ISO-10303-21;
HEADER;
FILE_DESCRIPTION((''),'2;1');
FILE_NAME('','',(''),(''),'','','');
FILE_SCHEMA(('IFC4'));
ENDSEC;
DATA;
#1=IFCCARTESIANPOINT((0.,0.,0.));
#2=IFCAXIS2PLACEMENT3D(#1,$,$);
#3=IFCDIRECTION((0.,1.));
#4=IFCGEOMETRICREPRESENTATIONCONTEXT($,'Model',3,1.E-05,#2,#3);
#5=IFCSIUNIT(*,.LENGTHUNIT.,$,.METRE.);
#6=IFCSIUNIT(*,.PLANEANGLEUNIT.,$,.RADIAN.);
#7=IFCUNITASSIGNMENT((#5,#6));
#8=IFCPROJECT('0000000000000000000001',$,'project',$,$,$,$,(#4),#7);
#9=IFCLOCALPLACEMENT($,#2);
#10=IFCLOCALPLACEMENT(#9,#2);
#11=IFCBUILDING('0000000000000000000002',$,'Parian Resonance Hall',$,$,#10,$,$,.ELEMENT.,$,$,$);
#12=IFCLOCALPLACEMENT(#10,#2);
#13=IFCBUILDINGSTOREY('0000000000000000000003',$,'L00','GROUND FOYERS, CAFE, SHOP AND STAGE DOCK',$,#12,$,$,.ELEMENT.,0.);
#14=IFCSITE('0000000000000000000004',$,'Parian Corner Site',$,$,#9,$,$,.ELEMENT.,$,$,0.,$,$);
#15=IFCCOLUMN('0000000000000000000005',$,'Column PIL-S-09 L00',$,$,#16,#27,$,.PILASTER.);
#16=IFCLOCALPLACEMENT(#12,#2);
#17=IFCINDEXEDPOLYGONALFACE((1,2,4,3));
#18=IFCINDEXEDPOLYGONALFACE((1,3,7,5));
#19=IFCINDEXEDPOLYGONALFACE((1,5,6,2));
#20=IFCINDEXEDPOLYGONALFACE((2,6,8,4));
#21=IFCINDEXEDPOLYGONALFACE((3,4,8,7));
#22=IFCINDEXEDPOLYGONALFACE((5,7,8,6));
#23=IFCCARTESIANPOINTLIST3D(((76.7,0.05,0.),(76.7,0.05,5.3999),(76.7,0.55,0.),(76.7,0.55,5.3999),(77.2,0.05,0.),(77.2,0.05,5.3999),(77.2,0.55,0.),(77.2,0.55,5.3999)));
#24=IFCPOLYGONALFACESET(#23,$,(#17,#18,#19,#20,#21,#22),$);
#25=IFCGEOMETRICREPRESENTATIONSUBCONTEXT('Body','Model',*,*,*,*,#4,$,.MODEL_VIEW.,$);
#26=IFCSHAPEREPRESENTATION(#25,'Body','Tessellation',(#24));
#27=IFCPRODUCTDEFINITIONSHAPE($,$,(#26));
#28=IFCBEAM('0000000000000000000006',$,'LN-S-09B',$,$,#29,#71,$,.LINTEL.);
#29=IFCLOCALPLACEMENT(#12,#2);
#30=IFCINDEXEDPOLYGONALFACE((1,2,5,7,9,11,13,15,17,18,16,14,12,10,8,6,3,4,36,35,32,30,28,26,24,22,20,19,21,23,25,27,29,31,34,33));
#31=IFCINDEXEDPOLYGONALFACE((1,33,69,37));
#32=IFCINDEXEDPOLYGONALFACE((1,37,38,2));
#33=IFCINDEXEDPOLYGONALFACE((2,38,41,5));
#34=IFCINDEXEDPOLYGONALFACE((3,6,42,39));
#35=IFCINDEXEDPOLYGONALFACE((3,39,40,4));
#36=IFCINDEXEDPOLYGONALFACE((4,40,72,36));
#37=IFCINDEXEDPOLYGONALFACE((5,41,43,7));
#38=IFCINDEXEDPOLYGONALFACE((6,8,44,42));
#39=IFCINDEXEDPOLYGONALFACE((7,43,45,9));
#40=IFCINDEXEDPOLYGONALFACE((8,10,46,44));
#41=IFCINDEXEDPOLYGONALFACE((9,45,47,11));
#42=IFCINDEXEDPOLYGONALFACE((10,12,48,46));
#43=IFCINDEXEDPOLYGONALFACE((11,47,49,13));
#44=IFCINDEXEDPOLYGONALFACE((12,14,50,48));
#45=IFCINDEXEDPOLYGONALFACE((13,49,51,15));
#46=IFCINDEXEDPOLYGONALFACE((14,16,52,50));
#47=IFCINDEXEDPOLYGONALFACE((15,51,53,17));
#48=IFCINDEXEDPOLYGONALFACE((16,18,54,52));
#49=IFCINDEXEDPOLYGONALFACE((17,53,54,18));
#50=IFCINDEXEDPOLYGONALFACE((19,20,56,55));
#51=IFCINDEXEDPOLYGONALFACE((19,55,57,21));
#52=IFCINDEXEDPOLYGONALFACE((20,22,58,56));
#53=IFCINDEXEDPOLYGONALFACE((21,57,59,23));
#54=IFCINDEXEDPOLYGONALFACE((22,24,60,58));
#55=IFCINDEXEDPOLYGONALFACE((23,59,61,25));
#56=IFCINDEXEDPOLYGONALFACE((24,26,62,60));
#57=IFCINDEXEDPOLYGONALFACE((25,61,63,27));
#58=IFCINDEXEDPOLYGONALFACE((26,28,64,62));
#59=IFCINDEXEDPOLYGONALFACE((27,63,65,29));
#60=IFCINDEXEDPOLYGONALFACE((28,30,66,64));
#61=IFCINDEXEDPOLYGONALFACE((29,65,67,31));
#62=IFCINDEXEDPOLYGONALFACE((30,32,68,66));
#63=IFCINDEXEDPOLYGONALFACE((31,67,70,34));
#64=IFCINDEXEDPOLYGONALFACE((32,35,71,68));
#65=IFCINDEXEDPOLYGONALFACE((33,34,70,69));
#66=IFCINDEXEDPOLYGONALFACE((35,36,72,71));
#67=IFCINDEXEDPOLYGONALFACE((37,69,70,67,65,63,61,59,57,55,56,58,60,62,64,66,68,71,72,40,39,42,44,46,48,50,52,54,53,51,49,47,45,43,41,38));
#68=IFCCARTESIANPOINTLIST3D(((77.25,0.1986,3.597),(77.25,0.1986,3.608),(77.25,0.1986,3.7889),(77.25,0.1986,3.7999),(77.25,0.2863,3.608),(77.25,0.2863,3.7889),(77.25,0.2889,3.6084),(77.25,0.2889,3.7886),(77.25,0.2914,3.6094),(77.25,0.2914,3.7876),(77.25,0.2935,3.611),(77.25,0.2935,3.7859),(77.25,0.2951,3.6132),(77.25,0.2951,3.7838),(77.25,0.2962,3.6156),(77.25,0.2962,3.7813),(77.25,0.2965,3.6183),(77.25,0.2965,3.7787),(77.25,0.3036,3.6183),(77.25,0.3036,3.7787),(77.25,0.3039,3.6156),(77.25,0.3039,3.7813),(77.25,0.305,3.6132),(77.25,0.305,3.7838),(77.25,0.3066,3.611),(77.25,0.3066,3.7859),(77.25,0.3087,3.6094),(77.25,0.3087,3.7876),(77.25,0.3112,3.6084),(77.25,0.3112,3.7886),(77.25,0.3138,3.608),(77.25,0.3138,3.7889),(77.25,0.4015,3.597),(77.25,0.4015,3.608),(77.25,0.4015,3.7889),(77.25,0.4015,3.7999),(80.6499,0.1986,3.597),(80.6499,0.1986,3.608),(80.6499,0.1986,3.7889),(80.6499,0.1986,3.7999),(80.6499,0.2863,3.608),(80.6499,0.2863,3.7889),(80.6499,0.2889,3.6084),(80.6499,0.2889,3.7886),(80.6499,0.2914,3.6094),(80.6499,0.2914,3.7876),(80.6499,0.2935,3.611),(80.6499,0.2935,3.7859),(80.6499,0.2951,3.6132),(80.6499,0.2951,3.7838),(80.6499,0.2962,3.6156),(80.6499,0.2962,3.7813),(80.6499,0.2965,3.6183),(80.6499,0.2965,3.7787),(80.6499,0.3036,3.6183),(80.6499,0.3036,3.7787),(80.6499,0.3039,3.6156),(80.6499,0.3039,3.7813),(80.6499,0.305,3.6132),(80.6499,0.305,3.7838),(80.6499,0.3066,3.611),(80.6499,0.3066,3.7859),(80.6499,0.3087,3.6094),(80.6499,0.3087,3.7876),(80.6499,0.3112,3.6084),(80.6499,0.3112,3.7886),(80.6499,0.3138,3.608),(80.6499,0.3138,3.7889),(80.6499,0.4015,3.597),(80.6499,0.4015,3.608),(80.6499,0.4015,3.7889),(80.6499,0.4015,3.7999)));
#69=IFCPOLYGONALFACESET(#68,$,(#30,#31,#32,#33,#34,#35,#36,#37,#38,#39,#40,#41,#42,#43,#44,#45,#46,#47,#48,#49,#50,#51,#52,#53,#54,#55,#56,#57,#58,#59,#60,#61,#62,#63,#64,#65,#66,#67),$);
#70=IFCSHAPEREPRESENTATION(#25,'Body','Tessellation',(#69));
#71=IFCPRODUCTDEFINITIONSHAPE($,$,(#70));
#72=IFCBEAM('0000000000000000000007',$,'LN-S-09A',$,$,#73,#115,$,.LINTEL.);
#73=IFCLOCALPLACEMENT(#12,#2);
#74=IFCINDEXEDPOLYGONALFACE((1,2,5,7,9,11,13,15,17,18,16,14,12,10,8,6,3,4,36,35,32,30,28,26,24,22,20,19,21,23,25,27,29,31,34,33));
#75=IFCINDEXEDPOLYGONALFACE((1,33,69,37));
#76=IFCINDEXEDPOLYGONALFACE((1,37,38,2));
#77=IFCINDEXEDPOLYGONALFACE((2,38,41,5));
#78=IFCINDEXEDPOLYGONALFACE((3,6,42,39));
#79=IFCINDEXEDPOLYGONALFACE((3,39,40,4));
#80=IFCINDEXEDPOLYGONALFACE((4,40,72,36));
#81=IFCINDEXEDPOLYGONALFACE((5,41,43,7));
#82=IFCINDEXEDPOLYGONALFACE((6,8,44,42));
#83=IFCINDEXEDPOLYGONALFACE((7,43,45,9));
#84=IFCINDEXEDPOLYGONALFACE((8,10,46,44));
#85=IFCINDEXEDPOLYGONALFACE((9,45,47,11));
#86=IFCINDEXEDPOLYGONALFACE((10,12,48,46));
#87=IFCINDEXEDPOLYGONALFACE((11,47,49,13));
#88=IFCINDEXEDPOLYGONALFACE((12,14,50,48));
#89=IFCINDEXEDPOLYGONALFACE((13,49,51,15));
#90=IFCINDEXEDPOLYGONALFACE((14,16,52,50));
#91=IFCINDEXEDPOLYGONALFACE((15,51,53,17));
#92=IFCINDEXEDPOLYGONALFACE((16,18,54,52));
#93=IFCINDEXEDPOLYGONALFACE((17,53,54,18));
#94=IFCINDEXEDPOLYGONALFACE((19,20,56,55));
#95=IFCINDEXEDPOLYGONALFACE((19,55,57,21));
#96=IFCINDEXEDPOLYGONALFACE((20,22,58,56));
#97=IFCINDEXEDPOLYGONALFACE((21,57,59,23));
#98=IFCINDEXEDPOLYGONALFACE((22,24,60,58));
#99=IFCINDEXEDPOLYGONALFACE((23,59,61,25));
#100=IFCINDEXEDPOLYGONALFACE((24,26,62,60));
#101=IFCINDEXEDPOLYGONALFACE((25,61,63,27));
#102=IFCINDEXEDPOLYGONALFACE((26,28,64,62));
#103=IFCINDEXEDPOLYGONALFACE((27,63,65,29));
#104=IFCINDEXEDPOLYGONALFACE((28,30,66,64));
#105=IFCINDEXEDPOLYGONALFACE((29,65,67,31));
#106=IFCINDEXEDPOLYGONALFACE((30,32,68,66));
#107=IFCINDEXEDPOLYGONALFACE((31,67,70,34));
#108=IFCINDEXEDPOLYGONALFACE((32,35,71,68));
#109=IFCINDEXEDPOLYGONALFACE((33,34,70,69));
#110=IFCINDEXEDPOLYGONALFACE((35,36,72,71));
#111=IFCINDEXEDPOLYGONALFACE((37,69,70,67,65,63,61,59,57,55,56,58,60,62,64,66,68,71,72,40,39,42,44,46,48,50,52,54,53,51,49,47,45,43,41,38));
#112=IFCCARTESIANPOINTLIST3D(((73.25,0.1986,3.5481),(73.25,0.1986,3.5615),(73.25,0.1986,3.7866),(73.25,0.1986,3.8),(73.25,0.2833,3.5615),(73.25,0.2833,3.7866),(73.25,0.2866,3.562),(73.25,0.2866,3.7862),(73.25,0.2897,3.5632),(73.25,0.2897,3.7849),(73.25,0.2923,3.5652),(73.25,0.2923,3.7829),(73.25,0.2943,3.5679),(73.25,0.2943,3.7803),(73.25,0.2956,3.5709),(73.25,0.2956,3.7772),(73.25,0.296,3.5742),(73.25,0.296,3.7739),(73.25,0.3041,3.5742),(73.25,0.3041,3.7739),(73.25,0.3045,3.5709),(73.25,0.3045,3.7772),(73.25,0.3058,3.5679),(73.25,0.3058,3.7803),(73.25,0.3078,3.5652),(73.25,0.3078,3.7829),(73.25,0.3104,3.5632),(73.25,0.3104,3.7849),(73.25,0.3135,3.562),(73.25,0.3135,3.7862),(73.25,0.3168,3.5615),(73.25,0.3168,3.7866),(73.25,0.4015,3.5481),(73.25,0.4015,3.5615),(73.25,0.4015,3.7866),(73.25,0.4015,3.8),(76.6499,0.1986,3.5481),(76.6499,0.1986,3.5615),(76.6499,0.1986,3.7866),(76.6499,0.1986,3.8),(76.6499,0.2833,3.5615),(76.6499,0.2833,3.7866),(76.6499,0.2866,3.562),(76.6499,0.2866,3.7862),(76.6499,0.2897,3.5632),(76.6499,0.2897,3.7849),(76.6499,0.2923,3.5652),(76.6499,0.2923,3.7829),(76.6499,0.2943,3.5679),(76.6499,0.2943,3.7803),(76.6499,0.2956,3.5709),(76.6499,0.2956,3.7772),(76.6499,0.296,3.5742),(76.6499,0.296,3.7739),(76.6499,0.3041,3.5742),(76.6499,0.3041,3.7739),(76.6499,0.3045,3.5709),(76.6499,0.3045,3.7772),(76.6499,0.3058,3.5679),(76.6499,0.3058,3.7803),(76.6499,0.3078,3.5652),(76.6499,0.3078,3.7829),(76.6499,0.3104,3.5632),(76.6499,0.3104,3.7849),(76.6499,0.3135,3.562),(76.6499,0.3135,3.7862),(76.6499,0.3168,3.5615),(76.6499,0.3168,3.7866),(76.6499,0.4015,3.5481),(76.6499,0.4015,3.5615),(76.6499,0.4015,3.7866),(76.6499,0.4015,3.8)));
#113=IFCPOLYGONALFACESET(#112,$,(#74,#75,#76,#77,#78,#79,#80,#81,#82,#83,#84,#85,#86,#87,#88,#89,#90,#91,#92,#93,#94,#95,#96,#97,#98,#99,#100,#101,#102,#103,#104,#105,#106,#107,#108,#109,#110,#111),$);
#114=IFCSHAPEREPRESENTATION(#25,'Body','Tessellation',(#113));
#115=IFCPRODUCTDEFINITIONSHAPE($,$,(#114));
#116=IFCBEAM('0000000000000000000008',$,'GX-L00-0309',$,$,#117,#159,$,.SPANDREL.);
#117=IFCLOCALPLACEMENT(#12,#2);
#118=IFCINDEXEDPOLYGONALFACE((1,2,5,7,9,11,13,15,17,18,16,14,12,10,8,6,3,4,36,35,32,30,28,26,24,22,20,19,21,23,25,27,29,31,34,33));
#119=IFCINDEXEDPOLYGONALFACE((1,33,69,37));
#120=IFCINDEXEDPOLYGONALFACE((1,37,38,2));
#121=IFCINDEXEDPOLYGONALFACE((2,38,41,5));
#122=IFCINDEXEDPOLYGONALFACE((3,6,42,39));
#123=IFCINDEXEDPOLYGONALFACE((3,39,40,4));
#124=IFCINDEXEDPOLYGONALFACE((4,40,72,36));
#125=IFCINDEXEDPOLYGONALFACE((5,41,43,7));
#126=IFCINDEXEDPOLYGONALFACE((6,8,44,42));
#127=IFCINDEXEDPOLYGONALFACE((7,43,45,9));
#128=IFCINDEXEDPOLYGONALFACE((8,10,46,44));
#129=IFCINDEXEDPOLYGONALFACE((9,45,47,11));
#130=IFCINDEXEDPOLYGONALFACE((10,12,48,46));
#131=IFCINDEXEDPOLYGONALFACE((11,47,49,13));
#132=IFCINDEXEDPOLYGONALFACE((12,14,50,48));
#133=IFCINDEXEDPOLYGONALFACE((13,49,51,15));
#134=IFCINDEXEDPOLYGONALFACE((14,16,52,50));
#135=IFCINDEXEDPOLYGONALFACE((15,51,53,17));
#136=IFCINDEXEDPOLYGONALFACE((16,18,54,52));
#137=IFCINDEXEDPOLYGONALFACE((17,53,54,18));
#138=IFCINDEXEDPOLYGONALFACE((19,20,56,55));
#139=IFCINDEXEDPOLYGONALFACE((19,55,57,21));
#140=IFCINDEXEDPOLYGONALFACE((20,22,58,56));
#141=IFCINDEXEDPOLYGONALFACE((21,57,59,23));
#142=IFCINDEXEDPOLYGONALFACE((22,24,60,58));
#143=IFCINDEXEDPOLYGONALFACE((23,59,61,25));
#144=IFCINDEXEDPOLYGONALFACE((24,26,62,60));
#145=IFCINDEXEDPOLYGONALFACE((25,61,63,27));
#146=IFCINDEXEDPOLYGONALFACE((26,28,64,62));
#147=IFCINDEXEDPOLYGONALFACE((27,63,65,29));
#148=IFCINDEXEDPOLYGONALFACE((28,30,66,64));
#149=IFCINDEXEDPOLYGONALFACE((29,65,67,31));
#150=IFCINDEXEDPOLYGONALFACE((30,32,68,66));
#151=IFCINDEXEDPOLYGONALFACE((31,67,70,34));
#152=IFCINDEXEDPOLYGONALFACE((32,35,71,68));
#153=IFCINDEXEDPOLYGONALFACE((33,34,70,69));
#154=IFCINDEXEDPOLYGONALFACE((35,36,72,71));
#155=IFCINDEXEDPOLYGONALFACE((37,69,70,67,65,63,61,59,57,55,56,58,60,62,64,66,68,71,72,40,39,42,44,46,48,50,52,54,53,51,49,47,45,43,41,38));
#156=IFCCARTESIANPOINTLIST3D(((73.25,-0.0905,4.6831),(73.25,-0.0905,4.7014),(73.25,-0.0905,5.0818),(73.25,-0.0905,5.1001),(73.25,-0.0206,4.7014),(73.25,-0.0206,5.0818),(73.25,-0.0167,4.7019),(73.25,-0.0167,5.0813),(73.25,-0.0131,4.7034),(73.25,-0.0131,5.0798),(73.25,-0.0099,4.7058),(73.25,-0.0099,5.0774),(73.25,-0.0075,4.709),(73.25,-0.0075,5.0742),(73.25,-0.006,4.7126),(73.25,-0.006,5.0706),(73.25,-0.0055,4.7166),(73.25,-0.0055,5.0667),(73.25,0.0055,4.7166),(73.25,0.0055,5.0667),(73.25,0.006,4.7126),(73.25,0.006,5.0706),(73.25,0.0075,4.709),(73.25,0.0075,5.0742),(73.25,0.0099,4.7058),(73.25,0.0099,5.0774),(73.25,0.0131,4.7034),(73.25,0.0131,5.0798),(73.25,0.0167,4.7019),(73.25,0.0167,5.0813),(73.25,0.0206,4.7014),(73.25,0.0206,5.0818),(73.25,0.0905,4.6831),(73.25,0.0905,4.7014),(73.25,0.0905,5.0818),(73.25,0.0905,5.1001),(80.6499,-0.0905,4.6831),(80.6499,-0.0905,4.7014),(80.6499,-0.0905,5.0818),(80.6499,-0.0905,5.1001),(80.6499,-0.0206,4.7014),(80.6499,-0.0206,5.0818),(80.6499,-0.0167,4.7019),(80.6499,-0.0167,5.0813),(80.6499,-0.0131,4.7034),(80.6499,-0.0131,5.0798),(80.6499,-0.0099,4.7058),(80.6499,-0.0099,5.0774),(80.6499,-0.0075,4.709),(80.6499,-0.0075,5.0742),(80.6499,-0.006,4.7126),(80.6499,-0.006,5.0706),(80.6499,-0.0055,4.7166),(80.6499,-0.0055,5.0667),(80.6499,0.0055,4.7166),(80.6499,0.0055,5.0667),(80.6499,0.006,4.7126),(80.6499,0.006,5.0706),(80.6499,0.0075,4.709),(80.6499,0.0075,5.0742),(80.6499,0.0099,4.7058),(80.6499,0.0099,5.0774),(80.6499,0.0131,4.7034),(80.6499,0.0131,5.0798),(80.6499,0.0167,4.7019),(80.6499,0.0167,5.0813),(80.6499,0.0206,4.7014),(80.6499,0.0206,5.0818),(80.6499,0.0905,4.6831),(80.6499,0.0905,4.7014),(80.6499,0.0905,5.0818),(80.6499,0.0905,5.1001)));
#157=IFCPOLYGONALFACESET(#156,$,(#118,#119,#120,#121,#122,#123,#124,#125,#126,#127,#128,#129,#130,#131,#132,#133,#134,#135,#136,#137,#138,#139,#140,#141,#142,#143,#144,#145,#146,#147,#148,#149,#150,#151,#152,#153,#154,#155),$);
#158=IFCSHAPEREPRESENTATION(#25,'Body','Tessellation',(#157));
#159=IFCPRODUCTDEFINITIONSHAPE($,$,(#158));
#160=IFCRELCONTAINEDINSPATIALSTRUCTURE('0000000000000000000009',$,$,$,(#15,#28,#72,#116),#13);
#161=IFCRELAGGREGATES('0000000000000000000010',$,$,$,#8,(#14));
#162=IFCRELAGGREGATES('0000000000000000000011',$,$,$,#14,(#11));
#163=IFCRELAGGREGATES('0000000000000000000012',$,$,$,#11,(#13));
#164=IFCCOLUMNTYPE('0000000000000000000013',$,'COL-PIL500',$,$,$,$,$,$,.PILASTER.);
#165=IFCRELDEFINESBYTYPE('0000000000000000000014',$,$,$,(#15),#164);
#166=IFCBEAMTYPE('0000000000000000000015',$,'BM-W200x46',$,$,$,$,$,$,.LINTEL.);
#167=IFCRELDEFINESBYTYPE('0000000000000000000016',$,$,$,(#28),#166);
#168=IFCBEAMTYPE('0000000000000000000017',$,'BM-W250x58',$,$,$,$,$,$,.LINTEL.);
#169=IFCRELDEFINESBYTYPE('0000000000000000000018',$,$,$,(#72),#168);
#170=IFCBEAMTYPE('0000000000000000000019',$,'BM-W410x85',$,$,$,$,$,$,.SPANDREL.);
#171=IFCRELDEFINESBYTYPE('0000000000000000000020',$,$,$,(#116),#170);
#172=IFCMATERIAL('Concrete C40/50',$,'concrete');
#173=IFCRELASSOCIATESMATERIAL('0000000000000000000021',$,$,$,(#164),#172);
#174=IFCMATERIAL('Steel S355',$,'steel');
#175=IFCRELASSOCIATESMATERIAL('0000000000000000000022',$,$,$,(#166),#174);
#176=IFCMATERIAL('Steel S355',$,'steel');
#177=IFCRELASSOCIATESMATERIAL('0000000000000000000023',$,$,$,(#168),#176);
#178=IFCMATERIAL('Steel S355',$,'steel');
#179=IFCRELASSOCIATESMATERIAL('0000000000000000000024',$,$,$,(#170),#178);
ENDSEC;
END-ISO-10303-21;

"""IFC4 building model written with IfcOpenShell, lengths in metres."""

from ifc_helpers import new_model, si_unit, direction, frame, origin, origin_2d, place, context, subcontext, project, spatial, rectangle, i_section, extrude, material, material_profile, profile_set, type_object, element, save


model = new_model("IFC4")

# Units and contexts
model_context = context("Model", 3, precision=1e-05, world=origin(), true_north=direction((0.0, 1.0)))
body_context = subcontext(model_context, "Body", "Model", "MODEL_VIEW")
ifc_project = project(units=[si_unit("LENGTHUNIT", "METRE"), si_unit("PLANEANGLEUNIT", "RADIAN")], contexts=[model_context])

# Site, building, storey
site_placement = place(None, origin())
site = spatial("IfcSite", under=ifc_project, at=site_placement, Name="Parian Corner Site", CompositionType="ELEMENT", RefElevation=0.0)
building_placement = place(site_placement, origin())
building = spatial("IfcBuilding", under=site, at=building_placement, Name="Parian Resonance Hall", CompositionType="ELEMENT")
storey_placement = place(building_placement, origin())
storey = spatial("IfcBuildingStorey", under=building, at=storey_placement, Name="L00", Description="GROUND FOYERS, CAFE, SHOP AND STAGE DOCK", CompositionType="ELEMENT", Elevation=0.0)

# Column
ifc_material_1 = material(Name="Concrete C40/50", Category="concrete")
ifc_material_profile_1 = material_profile(ifc_material_1, rectangle(XDim=0.5, YDim=0.5, at=origin_2d()), Name="RC-COL-500x500")
ifc_profile_set_1 = profile_set([ifc_material_profile_1], Name="Concrete C40/50")
column_type = type_object("IfcColumnType", Name="COL-PIL500", PredefinedType="PILASTER", material=ifc_profile_set_1)
column_placement = place(storey_placement, frame((76.95, 0.3, 0.0), z_axis=(0.0, 0.0, 1.0), x_axis=(1.0, 0.0, 0.0)))
element("IfcColumn", 1, at=column_placement, inside=storey, type_object=column_type, Name="Column PIL-S-09 L00", PredefinedType="PILASTER", context=body_context, shape_type="SweptSolid", body=[
    extrude(rectangle(XDim=0.5, YDim=0.5, at=origin_2d()), origin(), (0.0, 0.0, 1.0), 5.3999),
])

# Beams
ifc_material_2 = material(Name="Steel S355", Category="steel")
ifc_material_profile_2 = material_profile(ifc_material_2, i_section(OverallWidth=0.2029, OverallDepth=0.2029, WebThickness=0.0071, FlangeThickness=0.011, FilletRadius=0.0103, at=origin_2d()), Name="W200x46")
ifc_profile_set_2 = profile_set([ifc_material_profile_2], Name="Steel S355")
beam_type_1 = type_object("IfcBeamType", Name="BM-W200x46", PredefinedType="LINTEL", material=ifc_profile_set_2)
beam_1_placement = place(storey_placement, frame((77.25, 0.3, 3.6985), z_axis=(1.0, 0.0, 0.0), x_axis=(0.0, 1.0, 0.0)))
element("IfcBeam", 2, at=beam_1_placement, inside=storey, type_object=beam_type_1, Name="LN-S-09B", PredefinedType="LINTEL", context=body_context, shape_type="SweptSolid", body=[
    extrude(i_section(OverallWidth=0.2029, OverallDepth=0.2029, WebThickness=0.0071, FlangeThickness=0.011, FilletRadius=0.0103, at=origin_2d()), origin(), (0.0, 0.0, 1.0), 3.3999),
])
ifc_material_3 = material(Name="Steel S355", Category="steel")
ifc_material_profile_3 = material_profile(ifc_material_3, i_section(OverallWidth=0.2029, OverallDepth=0.252, WebThickness=0.0081, FlangeThickness=0.0134, FilletRadius=0.0127, at=origin_2d()), Name="W250x58")
ifc_profile_set_3 = profile_set([ifc_material_profile_3], Name="Steel S355")
beam_type_2 = type_object("IfcBeamType", Name="BM-W250x58", PredefinedType="LINTEL", material=ifc_profile_set_3)
beam_2_placement = place(storey_placement, frame((73.25, 0.3, 3.6741), z_axis=(1.0, 0.0, 0.0), x_axis=(0.0, 1.0, 0.0)))
element("IfcBeam", 3, at=beam_2_placement, inside=storey, type_object=beam_type_2, Name="LN-S-09A", PredefinedType="LINTEL", context=body_context, shape_type="SweptSolid", body=[
    extrude(i_section(OverallWidth=0.2029, OverallDepth=0.252, WebThickness=0.0081, FlangeThickness=0.0134, FilletRadius=0.0127, at=origin_2d()), origin(), (0.0, 0.0, 1.0), 3.3999),
])
ifc_material_4 = material(Name="Steel S355", Category="steel")
ifc_material_profile_4 = material_profile(ifc_material_4, i_section(OverallWidth=0.1809, OverallDepth=0.417, WebThickness=0.011, FlangeThickness=0.0183, FilletRadius=0.0151, at=origin_2d()), Name="W410x85")
ifc_profile_set_4 = profile_set([ifc_material_profile_4], Name="Steel S355")
beam_type_3 = type_object("IfcBeamType", Name="BM-W410x85", PredefinedType="SPANDREL", material=ifc_profile_set_4)
beam_3_placement = place(storey_placement, frame((73.25, 0.0, 4.8916), z_axis=(1.0, 0.0, 0.0), x_axis=(0.0, 1.0, 0.0)))
element("IfcBeam", 4, at=beam_3_placement, inside=storey, type_object=beam_type_3, Name="GX-L00-0309", PredefinedType="SPANDREL", context=body_context, shape_type="SweptSolid", body=[
    extrude(i_section(OverallWidth=0.1809, OverallDepth=0.417, WebThickness=0.011, FlangeThickness=0.0183, FilletRadius=0.0151, at=origin_2d()), origin(), (0.0, 0.0, 1.0), 7.3999),
])

save(model, "model.ifc")
